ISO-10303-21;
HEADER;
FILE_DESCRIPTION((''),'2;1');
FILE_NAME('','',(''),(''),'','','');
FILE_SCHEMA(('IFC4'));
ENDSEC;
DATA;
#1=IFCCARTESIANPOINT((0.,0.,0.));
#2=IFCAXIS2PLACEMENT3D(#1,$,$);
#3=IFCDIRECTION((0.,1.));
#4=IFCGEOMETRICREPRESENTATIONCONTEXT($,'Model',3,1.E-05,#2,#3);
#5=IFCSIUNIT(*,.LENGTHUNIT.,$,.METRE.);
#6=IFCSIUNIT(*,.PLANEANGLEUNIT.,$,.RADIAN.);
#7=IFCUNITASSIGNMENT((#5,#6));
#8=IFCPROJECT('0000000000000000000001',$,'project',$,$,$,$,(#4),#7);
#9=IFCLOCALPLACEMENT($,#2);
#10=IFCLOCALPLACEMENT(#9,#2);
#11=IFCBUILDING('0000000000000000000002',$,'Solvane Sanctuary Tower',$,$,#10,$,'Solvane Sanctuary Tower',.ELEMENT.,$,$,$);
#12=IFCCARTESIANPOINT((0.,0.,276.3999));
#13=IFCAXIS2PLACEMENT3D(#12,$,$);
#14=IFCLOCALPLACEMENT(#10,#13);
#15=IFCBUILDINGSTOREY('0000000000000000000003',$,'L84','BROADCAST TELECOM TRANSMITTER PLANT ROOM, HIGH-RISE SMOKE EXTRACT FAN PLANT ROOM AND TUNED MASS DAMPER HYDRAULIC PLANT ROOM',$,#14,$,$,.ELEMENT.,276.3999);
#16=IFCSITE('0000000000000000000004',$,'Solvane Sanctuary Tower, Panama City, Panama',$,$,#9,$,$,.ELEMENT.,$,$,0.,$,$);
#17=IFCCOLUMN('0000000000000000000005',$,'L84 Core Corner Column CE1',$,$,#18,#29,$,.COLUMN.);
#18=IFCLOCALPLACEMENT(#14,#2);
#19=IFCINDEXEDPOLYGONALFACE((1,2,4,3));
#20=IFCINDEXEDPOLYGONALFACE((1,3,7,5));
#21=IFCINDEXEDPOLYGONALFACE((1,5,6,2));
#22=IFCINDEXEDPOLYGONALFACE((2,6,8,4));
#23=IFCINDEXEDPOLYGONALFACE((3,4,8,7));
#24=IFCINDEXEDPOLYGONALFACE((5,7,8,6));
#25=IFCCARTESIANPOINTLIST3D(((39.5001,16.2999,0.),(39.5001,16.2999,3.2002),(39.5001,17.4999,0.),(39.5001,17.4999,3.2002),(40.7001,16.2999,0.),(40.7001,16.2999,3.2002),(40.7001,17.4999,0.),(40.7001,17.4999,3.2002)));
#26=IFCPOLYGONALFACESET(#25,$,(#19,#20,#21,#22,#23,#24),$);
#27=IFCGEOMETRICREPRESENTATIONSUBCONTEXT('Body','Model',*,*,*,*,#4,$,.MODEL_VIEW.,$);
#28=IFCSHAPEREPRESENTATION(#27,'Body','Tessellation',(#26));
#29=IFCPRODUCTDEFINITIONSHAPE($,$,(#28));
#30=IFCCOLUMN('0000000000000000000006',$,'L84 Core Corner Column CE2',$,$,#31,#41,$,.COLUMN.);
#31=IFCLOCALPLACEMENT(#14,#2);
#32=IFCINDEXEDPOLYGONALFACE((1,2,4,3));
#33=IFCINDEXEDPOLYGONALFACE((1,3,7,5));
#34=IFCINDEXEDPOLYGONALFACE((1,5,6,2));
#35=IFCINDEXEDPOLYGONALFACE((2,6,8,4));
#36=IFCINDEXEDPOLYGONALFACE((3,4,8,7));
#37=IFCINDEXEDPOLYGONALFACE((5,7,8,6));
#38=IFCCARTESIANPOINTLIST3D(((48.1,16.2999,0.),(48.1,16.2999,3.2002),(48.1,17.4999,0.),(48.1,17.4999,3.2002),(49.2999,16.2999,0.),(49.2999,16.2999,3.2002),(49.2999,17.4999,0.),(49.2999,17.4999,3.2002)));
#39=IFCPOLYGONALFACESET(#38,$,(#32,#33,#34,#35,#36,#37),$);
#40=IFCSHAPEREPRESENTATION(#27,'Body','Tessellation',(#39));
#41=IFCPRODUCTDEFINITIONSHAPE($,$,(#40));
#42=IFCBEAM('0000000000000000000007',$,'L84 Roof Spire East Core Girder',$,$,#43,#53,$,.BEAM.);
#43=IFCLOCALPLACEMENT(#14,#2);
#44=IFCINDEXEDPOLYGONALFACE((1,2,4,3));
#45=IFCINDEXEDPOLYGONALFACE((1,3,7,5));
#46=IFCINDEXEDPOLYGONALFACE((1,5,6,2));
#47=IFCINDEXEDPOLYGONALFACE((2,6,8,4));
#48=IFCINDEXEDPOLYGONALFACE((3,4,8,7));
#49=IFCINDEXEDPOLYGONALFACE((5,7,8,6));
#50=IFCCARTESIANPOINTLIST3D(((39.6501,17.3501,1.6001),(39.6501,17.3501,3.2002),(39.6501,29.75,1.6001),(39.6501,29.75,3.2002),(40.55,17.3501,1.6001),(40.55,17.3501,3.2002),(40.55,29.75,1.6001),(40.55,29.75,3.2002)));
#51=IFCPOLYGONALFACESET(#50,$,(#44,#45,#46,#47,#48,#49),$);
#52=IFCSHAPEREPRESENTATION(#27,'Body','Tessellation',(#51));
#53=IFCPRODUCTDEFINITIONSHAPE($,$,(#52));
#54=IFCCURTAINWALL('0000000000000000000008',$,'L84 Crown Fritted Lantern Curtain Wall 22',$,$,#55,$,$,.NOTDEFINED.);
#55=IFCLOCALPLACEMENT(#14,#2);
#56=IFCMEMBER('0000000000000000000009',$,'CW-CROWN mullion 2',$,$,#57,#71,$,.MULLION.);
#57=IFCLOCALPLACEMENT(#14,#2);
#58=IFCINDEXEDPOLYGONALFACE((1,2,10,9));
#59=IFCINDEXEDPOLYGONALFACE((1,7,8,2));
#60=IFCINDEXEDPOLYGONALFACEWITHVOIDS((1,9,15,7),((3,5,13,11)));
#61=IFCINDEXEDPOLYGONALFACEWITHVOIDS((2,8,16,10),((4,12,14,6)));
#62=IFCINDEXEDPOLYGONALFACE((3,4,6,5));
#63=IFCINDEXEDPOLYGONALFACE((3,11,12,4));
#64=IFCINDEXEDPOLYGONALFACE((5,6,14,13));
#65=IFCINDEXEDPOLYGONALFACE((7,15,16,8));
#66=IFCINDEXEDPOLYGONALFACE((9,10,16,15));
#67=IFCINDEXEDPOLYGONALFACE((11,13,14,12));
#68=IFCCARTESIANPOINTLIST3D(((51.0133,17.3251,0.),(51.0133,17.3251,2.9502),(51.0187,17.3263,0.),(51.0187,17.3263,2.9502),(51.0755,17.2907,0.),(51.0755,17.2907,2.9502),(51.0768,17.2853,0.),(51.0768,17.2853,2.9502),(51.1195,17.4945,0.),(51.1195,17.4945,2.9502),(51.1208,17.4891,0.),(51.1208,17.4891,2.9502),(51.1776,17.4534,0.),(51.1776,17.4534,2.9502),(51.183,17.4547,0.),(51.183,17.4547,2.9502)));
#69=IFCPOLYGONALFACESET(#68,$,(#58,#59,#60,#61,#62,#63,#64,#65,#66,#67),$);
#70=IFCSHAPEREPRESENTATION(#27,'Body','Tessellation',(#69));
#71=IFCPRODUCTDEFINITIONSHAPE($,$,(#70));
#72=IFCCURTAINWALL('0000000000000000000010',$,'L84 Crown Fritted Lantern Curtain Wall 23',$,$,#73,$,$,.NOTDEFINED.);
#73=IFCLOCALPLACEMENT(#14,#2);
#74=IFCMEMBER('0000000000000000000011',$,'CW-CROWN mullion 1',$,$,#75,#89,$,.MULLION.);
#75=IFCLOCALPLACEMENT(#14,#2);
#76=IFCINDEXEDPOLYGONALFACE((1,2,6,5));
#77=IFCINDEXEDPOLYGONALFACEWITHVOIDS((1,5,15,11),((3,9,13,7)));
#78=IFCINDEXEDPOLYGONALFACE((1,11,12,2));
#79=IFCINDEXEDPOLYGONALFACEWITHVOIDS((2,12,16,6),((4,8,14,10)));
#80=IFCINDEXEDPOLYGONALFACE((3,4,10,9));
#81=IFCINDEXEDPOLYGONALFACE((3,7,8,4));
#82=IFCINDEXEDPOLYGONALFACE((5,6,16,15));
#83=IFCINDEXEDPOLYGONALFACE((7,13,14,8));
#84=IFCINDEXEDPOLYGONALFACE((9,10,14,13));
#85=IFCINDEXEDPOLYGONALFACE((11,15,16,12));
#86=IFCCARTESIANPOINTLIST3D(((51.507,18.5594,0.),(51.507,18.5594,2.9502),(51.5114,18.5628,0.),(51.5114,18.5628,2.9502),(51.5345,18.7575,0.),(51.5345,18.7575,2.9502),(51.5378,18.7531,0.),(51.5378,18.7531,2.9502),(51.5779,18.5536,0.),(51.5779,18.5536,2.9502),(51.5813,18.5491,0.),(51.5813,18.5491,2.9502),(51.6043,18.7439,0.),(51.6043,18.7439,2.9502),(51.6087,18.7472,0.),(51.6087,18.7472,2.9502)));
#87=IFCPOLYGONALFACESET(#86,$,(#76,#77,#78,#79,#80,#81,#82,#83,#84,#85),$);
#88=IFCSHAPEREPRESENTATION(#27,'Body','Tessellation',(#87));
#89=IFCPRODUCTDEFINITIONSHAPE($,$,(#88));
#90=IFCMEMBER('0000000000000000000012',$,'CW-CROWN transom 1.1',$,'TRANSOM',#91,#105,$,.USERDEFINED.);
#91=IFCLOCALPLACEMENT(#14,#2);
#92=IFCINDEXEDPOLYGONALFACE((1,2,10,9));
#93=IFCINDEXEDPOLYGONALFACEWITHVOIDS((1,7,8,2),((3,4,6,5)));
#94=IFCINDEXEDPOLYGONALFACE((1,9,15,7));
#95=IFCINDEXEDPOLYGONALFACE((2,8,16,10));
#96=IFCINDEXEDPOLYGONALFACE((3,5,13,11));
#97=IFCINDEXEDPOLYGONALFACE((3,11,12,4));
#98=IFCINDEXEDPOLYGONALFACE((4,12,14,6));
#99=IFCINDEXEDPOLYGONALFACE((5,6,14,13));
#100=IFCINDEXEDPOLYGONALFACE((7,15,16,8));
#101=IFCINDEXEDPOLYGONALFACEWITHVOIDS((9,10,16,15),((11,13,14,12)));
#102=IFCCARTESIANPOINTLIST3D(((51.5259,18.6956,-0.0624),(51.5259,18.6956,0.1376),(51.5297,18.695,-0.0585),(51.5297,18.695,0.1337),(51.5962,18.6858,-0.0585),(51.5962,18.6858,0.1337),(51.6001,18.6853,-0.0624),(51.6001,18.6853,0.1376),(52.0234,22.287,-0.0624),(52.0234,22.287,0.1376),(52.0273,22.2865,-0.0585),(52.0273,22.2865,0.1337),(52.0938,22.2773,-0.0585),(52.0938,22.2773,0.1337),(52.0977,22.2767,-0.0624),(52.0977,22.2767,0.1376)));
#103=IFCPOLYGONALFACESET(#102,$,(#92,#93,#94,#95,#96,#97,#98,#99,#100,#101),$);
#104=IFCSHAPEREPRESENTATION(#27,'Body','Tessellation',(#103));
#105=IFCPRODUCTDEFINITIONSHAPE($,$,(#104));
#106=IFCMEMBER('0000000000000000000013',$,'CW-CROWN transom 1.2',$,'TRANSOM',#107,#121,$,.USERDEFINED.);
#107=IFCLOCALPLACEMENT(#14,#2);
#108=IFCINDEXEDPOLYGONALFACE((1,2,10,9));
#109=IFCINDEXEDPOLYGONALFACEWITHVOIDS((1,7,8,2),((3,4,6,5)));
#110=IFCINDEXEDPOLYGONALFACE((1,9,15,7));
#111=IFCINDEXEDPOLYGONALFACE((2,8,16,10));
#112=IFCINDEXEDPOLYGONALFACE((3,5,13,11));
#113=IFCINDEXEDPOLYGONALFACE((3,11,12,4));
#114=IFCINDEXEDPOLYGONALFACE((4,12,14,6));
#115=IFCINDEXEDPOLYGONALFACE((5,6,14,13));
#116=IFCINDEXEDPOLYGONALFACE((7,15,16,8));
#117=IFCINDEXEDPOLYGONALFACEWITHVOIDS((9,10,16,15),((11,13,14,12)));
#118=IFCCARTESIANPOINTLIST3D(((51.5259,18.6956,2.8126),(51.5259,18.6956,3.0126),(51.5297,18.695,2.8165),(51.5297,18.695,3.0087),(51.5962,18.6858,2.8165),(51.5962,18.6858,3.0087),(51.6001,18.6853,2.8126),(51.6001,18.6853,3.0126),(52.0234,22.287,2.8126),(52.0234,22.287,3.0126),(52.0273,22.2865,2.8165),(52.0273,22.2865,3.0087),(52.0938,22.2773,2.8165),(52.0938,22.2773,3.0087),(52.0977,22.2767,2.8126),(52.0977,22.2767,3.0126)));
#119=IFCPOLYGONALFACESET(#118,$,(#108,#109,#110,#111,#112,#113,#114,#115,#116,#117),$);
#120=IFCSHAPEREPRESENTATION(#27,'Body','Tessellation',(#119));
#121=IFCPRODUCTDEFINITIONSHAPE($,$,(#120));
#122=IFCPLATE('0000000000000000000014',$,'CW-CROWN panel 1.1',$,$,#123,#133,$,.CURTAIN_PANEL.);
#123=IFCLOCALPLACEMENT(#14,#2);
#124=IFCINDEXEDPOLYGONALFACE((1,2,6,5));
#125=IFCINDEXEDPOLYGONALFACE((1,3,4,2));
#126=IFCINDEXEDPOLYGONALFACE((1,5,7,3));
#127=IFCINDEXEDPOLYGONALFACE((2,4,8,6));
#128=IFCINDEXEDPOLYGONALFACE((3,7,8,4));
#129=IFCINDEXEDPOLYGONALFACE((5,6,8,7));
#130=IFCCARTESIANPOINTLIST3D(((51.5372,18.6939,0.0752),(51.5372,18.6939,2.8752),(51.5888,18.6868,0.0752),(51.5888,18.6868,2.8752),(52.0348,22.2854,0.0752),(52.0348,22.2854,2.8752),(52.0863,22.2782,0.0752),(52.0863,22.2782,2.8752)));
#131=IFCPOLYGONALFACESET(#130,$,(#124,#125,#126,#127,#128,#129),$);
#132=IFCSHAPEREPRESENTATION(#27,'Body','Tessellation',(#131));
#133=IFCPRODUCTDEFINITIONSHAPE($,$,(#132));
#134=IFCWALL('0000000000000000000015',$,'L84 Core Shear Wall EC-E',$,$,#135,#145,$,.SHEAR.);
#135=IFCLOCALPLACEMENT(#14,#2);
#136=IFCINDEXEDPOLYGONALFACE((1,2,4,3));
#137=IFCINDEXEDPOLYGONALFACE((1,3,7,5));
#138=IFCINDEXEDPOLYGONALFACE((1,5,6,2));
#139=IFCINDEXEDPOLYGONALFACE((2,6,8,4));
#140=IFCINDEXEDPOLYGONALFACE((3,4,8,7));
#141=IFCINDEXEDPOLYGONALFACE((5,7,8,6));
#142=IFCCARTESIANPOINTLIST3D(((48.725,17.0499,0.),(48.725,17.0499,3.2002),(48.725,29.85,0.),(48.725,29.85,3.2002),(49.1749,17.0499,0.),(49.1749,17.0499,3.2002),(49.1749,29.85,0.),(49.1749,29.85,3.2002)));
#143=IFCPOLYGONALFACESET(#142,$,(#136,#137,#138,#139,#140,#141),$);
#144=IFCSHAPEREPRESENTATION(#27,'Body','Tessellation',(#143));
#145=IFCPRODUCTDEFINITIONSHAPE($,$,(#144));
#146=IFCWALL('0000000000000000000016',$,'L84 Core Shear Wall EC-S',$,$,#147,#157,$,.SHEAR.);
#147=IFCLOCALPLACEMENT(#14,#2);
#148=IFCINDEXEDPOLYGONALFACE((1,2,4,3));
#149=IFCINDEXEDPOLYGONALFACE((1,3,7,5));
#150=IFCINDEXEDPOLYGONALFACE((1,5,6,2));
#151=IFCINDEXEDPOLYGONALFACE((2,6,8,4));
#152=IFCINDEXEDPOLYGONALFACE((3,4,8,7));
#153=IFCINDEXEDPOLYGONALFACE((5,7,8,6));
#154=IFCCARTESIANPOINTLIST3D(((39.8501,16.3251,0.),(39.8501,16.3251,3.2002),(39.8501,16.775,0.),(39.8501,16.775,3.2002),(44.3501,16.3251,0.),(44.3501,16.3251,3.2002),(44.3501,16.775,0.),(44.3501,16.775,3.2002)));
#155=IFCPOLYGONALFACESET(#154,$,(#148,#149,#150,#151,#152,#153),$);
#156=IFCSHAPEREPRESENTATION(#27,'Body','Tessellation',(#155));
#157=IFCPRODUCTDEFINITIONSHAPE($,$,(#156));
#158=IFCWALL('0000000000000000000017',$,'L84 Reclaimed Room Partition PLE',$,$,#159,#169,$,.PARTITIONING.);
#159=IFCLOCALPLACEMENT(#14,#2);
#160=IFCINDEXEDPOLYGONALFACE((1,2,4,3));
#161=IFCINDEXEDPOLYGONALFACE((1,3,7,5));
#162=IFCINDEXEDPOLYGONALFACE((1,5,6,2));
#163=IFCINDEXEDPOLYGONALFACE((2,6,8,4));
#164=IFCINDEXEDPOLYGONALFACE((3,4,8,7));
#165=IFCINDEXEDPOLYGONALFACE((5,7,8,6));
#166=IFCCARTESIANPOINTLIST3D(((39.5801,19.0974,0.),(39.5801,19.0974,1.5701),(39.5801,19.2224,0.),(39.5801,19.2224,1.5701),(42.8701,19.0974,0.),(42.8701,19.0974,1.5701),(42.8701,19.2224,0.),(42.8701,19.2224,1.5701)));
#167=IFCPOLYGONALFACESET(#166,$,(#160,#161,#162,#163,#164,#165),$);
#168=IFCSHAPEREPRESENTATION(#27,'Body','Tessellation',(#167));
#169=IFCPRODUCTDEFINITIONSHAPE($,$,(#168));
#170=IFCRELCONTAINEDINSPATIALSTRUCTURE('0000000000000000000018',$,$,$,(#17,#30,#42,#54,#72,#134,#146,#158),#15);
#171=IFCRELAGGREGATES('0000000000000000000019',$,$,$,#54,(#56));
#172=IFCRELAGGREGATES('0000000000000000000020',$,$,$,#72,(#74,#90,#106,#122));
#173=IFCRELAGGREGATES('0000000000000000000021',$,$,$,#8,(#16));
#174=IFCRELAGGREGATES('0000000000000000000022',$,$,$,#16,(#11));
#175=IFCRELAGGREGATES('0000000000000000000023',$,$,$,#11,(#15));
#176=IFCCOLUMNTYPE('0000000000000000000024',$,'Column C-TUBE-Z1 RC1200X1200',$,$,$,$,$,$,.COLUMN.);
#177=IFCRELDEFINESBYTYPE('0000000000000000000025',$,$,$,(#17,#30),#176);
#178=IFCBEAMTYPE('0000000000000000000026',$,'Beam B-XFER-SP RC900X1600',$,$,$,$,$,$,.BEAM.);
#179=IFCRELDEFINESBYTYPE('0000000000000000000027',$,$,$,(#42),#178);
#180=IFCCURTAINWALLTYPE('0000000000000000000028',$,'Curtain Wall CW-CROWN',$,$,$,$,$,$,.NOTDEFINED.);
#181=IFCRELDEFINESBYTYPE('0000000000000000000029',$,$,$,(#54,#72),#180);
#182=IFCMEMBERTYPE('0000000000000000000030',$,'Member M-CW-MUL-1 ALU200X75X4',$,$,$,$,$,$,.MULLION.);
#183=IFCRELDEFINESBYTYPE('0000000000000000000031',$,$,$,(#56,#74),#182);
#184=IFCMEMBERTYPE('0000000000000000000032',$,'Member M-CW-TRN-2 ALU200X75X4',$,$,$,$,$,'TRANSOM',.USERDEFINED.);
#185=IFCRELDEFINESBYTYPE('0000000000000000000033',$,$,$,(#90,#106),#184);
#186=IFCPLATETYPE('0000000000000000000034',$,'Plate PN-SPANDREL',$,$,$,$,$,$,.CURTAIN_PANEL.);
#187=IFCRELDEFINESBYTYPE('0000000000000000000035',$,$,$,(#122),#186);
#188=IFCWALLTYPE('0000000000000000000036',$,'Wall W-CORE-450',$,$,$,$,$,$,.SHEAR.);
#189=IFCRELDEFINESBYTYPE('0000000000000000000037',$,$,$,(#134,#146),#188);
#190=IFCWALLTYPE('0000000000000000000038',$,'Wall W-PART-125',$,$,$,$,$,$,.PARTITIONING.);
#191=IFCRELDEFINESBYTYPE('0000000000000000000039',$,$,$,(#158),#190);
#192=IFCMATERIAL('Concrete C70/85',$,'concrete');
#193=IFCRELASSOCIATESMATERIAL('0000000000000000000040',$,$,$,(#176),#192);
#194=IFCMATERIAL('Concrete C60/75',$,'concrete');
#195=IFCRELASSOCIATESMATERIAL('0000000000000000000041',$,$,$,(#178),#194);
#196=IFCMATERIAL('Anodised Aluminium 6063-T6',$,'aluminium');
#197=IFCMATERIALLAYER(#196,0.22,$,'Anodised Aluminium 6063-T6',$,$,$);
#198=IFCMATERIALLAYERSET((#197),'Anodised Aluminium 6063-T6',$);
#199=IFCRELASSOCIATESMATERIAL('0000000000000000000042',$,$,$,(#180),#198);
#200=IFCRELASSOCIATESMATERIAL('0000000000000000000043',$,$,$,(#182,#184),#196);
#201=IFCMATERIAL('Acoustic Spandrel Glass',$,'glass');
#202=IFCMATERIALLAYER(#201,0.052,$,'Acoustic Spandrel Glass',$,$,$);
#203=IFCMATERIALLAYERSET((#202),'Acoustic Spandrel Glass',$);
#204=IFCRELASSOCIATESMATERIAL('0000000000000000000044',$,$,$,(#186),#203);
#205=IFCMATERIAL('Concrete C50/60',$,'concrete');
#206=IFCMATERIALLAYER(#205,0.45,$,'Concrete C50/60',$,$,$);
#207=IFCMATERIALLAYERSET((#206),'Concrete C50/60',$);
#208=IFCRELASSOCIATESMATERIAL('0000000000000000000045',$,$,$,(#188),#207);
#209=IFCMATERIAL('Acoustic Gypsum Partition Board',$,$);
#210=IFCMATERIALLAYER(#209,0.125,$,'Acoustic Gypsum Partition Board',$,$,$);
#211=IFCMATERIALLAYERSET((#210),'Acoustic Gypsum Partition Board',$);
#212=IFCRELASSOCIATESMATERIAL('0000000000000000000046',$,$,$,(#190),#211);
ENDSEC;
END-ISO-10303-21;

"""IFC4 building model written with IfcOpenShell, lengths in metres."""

from ifc_helpers import new_model, si_unit, direction, frame, frame_2d, origin, origin_2d, place, context, subcontext, project, spatial, rectangle, hollow_rectangle, extrude, material, layer, layer_set, material_profile, profile_set, type_object, element, aggregate, save


model = new_model("IFC4")

# Units and contexts
model_context = context("Model", 3, precision=1e-05, world=origin(), true_north=direction((0.0, 1.0)))
body_context = subcontext(model_context, "Body", "Model", "MODEL_VIEW")
ifc_project = project(units=[si_unit("LENGTHUNIT", "METRE"), si_unit("PLANEANGLEUNIT", "RADIAN")], contexts=[model_context])

# Site, building, storey
site_placement = place(None, origin())
site = spatial("IfcSite", under=ifc_project, at=site_placement, Name="Solvane Sanctuary Tower, Panama City, Panama", CompositionType="ELEMENT", RefElevation=0.0)
building_placement = place(site_placement, origin())
building = spatial("IfcBuilding", under=site, at=building_placement, Name="Solvane Sanctuary Tower", LongName="Solvane Sanctuary Tower", CompositionType="ELEMENT")
storey_placement = place(building_placement, frame((0.0, 0.0, 276.3999)))
storey = spatial("IfcBuildingStorey", under=building, at=storey_placement, Name="L84", Description="BROADCAST TELECOM TRANSMITTER PLANT ROOM, HIGH-RISE SMOKE EXTRACT FAN PLANT ROOM AND TUNED MASS DAMPER HYDRAULIC PLANT ROOM", CompositionType="ELEMENT", Elevation=276.3999)

# Columns
ifc_material_1 = material(Name="Concrete C70/85", Category="concrete")
ifc_material_profile_1 = material_profile(ifc_material_1, rectangle(XDim=1.2, YDim=1.2, at=origin_2d()), Name="RC1200X1200")
ifc_profile_set_1 = profile_set([ifc_material_profile_1], Name="Concrete C70/85")
column_type = type_object("IfcColumnType", Name="Column C-TUBE-Z1 RC1200X1200", PredefinedType="COLUMN", material=ifc_profile_set_1)
for number, where, z_axis, x_axis, name in (
    (1, (40.1001, 16.8999, 0.0), (0.0, 0.0, 1.0), (1.0, 0.0, 0.0), "L84 Core Corner Column CE1"),
    (2, (48.7, 16.8999, 0.0), (0.0, 0.0, 1.0), (1.0, 0.0, 0.0), "L84 Core Corner Column CE2"),
):
    element("IfcColumn", number, at=place(storey_placement, frame(where, z_axis=z_axis, x_axis=x_axis)), inside=storey, type_object=column_type, Name=name, PredefinedType="COLUMN", context=body_context, shape_type="SweptSolid", body=[
        extrude(rectangle(XDim=1.2, YDim=1.2, at=origin_2d()), origin(), (0.0, 0.0, 1.0), 3.2002),
    ])

# Beam
ifc_material_2 = material(Name="Concrete C60/75", Category="concrete")
ifc_material_profile_2 = material_profile(ifc_material_2, rectangle(XDim=0.8999, YDim=1.6001, at=origin_2d()), Name="RC900X1600")
ifc_profile_set_2 = profile_set([ifc_material_profile_2], Name="Concrete C60/75")
beam_type = type_object("IfcBeamType", Name="Beam B-XFER-SP RC900X1600", PredefinedType="BEAM", material=ifc_profile_set_2)
beam_placement = place(storey_placement, frame((40.1001, 17.3501, 2.4001), z_axis=(0.0, 1.0, 0.0), x_axis=(-1.0, 0.0, 0.0)))
element("IfcBeam", 3, at=beam_placement, inside=storey, type_object=beam_type, Name="L84 Roof Spire East Core Girder", PredefinedType="BEAM", context=body_context, shape_type="SweptSolid", body=[
    extrude(rectangle(XDim=0.8999, YDim=1.6001, at=origin_2d()), origin(), (0.0, 0.0, 1.0), 12.3999),
])

# Curtain wall, member
ifc_material_3 = material(Name="Anodised Aluminium 6063-T6", Category="aluminium")
ifc_layer_1 = layer(ifc_material_3, 0.22, Name="Anodised Aluminium 6063-T6")
ifc_layer_set_1 = layer_set([ifc_layer_1], Name="Anodised Aluminium 6063-T6")
curtain_wall_type = type_object("IfcCurtainWallType", Name="Curtain Wall CW-CROWN", PredefinedType="NOTDEFINED", material=ifc_layer_set_1)
curtain_wall_1_placement = place(storey_placement, origin())
curtain_wall_1 = element("IfcCurtainWall", 4, at=curtain_wall_1_placement, inside=storey, type_object=curtain_wall_type, Name="L84 Crown Fritted Lantern Curtain Wall 22", PredefinedType="NOTDEFINED")
ifc_material_profile_3 = material_profile(ifc_material_3, hollow_rectangle(XDim=0.075, YDim=0.2, WallThickness=0.0039, at=origin_2d()), Name="ALU200X75X4")
ifc_profile_set_3 = profile_set([ifc_material_profile_3], Name="Anodised Aluminium 6063-T6")
member_type_1 = type_object("IfcMemberType", Name="Member M-CW-MUL-1 ALU200X75X4", PredefinedType="MULLION", material=ifc_profile_set_3)
member_1_placement = place(storey_placement, frame((51.0981, 17.3899, 0.0), z_axis=(0.0, 0.0, 1.0), x_axis=(-0.847126, 0.531391, 0.0)))
member_1 = element("IfcMember", 5, at=member_1_placement, type_object=member_type_1, Name="CW-CROWN mullion 2", PredefinedType="MULLION", context=body_context, shape_type="SweptSolid", body=[
    extrude(hollow_rectangle(XDim=0.075, YDim=0.2, WallThickness=0.0039, at=origin_2d()), origin(), (0.0, 0.0, 1.0), 2.9502),
])
aggregate(curtain_wall_1, [member_1])

# Curtain wall, members, plate
curtain_wall_2_placement = place(storey_placement, origin())
curtain_wall_2 = element("IfcCurtainWall", 6, at=curtain_wall_2_placement, inside=storey, type_object=curtain_wall_type, Name="L84 Crown Fritted Lantern Curtain Wall 23", PredefinedType="NOTDEFINED")
member_2_placement = place(storey_placement, frame((51.5579, 18.6533, 0.0), z_axis=(0.0, 0.0, 1.0), x_axis=(-0.99054, 0.137223, 0.0)))
member_2 = element("IfcMember", 7, at=member_2_placement, type_object=member_type_1, Name="CW-CROWN mullion 1", PredefinedType="MULLION", context=body_context, shape_type="SweptSolid", body=[
    extrude(hollow_rectangle(XDim=0.075, YDim=0.2, WallThickness=0.0039, at=origin_2d()), origin(), (0.0, 0.0, 1.0), 2.9502),
])
ifc_material_profile_4 = material_profile(ifc_material_3, hollow_rectangle(XDim=0.075, YDim=0.2, WallThickness=0.0039, at=origin_2d()), Name="ALU200X75X4")
ifc_profile_set_4 = profile_set([ifc_material_profile_4], Name="Anodised Aluminium 6063-T6")
member_type_2 = type_object("IfcMemberType", Name="Member M-CW-TRN-2 ALU200X75X4", ElementType="TRANSOM", PredefinedType="USERDEFINED", material=ifc_profile_set_4)
member_3_placement = place(storey_placement, frame((51.563, 18.6904, 0.0376), z_axis=(0.137234, 0.990539, 0.0), x_axis=(-0.990539, 0.137234, 0.0)))
member_3 = element("IfcMember", 8, at=member_3_placement, type_object=member_type_2, Name="CW-CROWN transom 1.1", ObjectType="TRANSOM", PredefinedType="USERDEFINED", context=body_context, shape_type="SweptSolid", body=[
    extrude(hollow_rectangle(XDim=0.075, YDim=0.2, WallThickness=0.0039, at=origin_2d()), origin(), (0.0, 0.0, 1.0), 3.6257),
])
member_4_placement = place(storey_placement, frame((51.563, 18.6904, 2.9126), z_axis=(0.137234, 0.990539, 0.0), x_axis=(-0.990539, 0.137234, 0.0)))
member_4 = element("IfcMember", 9, at=member_4_placement, type_object=member_type_2, Name="CW-CROWN transom 1.2", ObjectType="TRANSOM", PredefinedType="USERDEFINED", context=body_context, shape_type="SweptSolid", body=[
    extrude(hollow_rectangle(XDim=0.075, YDim=0.2, WallThickness=0.0039, at=origin_2d()), origin(), (0.0, 0.0, 1.0), 3.6257),
])
ifc_material_4 = material(Name="Acoustic Spandrel Glass", Category="glass")
ifc_layer_2 = layer(ifc_material_4, 0.052, Name="Acoustic Spandrel Glass")
ifc_layer_set_2 = layer_set([ifc_layer_2], Name="Acoustic Spandrel Glass")
plate_type = type_object("IfcPlateType", Name="Plate PN-SPANDREL", PredefinedType="CURTAIN_PANEL", material=ifc_layer_set_2)
plate_placement = place(storey_placement, frame((51.8118, 20.4861, 0.0752), z_axis=(0.0, 0.0, 1.0), x_axis=(0.137223, 0.99054, 0.0)))
plate = element("IfcPlate", 10, at=plate_placement, type_object=plate_type, Name="CW-CROWN panel 1.1", PredefinedType="CURTAIN_PANEL", context=body_context, shape_type="SweptSolid", body=[
    extrude(rectangle(XDim=3.6257, YDim=0.052, at=origin_2d()), origin(), (0.0, 0.0, 1.0), 2.8),
])
aggregate(curtain_wall_2, [member_2, member_3, member_4, plate])

# Walls
ifc_material_5 = material(Name="Concrete C50/60", Category="concrete")
ifc_layer_3 = layer(ifc_material_5, 0.45, Name="Concrete C50/60")
ifc_layer_set_3 = layer_set([ifc_layer_3], Name="Concrete C50/60")
wall_type_1 = type_object("IfcWallType", Name="Wall W-CORE-450", PredefinedType="SHEAR", material=ifc_layer_set_3)
wall_1_placement = place(storey_placement, frame((48.95, 17.05, 0.0), z_axis=(0.0, 0.0, 1.0), x_axis=(0.0, 1.0, 0.0)))
element("IfcWall", 11, at=wall_1_placement, inside=storey, type_object=wall_type_1, Name="L84 Core Shear Wall EC-E", PredefinedType="SHEAR", context=body_context, shape_type="SweptSolid", body=[
    extrude(rectangle(XDim=12.8, YDim=0.45, at=frame_2d((6.3999, 0.0))), origin(), (0.0, 0.0, 1.0), 3.2002),
])
wall_2_placement = place(storey_placement, frame((39.8501, 16.55, 0.0), z_axis=(0.0, 0.0, 1.0), x_axis=(1.0, 0.0, 0.0)))
element("IfcWall", 12, at=wall_2_placement, inside=storey, type_object=wall_type_1, Name="L84 Core Shear Wall EC-S", PredefinedType="SHEAR", context=body_context, shape_type="SweptSolid", body=[
    extrude(rectangle(XDim=4.5, YDim=0.45, at=frame_2d((2.25, 0.0))), origin(), (0.0, 0.0, 1.0), 3.2002),
])
ifc_material_6 = material(Name="Acoustic Gypsum Partition Board")
ifc_layer_4 = layer(ifc_material_6, 0.125, Name="Acoustic Gypsum Partition Board")
ifc_layer_set_4 = layer_set([ifc_layer_4], Name="Acoustic Gypsum Partition Board")
wall_type_2 = type_object("IfcWallType", Name="Wall W-PART-125", PredefinedType="PARTITIONING", material=ifc_layer_set_4)
wall_3_placement = place(storey_placement, frame((39.5801, 19.1599, 0.0), z_axis=(0.0, 0.0, 1.0), x_axis=(1.0, 0.0, 0.0)))
element("IfcWall", 13, at=wall_3_placement, inside=storey, type_object=wall_type_2, Name="L84 Reclaimed Room Partition PLE", PredefinedType="PARTITIONING", context=body_context, shape_type="SweptSolid", body=[
    extrude(rectangle(XDim=3.29, YDim=0.125, at=frame_2d((1.645, 0.0))), origin(), (0.0, 0.0, 1.0), 1.5701),
])

save(model, "model.ifc")
